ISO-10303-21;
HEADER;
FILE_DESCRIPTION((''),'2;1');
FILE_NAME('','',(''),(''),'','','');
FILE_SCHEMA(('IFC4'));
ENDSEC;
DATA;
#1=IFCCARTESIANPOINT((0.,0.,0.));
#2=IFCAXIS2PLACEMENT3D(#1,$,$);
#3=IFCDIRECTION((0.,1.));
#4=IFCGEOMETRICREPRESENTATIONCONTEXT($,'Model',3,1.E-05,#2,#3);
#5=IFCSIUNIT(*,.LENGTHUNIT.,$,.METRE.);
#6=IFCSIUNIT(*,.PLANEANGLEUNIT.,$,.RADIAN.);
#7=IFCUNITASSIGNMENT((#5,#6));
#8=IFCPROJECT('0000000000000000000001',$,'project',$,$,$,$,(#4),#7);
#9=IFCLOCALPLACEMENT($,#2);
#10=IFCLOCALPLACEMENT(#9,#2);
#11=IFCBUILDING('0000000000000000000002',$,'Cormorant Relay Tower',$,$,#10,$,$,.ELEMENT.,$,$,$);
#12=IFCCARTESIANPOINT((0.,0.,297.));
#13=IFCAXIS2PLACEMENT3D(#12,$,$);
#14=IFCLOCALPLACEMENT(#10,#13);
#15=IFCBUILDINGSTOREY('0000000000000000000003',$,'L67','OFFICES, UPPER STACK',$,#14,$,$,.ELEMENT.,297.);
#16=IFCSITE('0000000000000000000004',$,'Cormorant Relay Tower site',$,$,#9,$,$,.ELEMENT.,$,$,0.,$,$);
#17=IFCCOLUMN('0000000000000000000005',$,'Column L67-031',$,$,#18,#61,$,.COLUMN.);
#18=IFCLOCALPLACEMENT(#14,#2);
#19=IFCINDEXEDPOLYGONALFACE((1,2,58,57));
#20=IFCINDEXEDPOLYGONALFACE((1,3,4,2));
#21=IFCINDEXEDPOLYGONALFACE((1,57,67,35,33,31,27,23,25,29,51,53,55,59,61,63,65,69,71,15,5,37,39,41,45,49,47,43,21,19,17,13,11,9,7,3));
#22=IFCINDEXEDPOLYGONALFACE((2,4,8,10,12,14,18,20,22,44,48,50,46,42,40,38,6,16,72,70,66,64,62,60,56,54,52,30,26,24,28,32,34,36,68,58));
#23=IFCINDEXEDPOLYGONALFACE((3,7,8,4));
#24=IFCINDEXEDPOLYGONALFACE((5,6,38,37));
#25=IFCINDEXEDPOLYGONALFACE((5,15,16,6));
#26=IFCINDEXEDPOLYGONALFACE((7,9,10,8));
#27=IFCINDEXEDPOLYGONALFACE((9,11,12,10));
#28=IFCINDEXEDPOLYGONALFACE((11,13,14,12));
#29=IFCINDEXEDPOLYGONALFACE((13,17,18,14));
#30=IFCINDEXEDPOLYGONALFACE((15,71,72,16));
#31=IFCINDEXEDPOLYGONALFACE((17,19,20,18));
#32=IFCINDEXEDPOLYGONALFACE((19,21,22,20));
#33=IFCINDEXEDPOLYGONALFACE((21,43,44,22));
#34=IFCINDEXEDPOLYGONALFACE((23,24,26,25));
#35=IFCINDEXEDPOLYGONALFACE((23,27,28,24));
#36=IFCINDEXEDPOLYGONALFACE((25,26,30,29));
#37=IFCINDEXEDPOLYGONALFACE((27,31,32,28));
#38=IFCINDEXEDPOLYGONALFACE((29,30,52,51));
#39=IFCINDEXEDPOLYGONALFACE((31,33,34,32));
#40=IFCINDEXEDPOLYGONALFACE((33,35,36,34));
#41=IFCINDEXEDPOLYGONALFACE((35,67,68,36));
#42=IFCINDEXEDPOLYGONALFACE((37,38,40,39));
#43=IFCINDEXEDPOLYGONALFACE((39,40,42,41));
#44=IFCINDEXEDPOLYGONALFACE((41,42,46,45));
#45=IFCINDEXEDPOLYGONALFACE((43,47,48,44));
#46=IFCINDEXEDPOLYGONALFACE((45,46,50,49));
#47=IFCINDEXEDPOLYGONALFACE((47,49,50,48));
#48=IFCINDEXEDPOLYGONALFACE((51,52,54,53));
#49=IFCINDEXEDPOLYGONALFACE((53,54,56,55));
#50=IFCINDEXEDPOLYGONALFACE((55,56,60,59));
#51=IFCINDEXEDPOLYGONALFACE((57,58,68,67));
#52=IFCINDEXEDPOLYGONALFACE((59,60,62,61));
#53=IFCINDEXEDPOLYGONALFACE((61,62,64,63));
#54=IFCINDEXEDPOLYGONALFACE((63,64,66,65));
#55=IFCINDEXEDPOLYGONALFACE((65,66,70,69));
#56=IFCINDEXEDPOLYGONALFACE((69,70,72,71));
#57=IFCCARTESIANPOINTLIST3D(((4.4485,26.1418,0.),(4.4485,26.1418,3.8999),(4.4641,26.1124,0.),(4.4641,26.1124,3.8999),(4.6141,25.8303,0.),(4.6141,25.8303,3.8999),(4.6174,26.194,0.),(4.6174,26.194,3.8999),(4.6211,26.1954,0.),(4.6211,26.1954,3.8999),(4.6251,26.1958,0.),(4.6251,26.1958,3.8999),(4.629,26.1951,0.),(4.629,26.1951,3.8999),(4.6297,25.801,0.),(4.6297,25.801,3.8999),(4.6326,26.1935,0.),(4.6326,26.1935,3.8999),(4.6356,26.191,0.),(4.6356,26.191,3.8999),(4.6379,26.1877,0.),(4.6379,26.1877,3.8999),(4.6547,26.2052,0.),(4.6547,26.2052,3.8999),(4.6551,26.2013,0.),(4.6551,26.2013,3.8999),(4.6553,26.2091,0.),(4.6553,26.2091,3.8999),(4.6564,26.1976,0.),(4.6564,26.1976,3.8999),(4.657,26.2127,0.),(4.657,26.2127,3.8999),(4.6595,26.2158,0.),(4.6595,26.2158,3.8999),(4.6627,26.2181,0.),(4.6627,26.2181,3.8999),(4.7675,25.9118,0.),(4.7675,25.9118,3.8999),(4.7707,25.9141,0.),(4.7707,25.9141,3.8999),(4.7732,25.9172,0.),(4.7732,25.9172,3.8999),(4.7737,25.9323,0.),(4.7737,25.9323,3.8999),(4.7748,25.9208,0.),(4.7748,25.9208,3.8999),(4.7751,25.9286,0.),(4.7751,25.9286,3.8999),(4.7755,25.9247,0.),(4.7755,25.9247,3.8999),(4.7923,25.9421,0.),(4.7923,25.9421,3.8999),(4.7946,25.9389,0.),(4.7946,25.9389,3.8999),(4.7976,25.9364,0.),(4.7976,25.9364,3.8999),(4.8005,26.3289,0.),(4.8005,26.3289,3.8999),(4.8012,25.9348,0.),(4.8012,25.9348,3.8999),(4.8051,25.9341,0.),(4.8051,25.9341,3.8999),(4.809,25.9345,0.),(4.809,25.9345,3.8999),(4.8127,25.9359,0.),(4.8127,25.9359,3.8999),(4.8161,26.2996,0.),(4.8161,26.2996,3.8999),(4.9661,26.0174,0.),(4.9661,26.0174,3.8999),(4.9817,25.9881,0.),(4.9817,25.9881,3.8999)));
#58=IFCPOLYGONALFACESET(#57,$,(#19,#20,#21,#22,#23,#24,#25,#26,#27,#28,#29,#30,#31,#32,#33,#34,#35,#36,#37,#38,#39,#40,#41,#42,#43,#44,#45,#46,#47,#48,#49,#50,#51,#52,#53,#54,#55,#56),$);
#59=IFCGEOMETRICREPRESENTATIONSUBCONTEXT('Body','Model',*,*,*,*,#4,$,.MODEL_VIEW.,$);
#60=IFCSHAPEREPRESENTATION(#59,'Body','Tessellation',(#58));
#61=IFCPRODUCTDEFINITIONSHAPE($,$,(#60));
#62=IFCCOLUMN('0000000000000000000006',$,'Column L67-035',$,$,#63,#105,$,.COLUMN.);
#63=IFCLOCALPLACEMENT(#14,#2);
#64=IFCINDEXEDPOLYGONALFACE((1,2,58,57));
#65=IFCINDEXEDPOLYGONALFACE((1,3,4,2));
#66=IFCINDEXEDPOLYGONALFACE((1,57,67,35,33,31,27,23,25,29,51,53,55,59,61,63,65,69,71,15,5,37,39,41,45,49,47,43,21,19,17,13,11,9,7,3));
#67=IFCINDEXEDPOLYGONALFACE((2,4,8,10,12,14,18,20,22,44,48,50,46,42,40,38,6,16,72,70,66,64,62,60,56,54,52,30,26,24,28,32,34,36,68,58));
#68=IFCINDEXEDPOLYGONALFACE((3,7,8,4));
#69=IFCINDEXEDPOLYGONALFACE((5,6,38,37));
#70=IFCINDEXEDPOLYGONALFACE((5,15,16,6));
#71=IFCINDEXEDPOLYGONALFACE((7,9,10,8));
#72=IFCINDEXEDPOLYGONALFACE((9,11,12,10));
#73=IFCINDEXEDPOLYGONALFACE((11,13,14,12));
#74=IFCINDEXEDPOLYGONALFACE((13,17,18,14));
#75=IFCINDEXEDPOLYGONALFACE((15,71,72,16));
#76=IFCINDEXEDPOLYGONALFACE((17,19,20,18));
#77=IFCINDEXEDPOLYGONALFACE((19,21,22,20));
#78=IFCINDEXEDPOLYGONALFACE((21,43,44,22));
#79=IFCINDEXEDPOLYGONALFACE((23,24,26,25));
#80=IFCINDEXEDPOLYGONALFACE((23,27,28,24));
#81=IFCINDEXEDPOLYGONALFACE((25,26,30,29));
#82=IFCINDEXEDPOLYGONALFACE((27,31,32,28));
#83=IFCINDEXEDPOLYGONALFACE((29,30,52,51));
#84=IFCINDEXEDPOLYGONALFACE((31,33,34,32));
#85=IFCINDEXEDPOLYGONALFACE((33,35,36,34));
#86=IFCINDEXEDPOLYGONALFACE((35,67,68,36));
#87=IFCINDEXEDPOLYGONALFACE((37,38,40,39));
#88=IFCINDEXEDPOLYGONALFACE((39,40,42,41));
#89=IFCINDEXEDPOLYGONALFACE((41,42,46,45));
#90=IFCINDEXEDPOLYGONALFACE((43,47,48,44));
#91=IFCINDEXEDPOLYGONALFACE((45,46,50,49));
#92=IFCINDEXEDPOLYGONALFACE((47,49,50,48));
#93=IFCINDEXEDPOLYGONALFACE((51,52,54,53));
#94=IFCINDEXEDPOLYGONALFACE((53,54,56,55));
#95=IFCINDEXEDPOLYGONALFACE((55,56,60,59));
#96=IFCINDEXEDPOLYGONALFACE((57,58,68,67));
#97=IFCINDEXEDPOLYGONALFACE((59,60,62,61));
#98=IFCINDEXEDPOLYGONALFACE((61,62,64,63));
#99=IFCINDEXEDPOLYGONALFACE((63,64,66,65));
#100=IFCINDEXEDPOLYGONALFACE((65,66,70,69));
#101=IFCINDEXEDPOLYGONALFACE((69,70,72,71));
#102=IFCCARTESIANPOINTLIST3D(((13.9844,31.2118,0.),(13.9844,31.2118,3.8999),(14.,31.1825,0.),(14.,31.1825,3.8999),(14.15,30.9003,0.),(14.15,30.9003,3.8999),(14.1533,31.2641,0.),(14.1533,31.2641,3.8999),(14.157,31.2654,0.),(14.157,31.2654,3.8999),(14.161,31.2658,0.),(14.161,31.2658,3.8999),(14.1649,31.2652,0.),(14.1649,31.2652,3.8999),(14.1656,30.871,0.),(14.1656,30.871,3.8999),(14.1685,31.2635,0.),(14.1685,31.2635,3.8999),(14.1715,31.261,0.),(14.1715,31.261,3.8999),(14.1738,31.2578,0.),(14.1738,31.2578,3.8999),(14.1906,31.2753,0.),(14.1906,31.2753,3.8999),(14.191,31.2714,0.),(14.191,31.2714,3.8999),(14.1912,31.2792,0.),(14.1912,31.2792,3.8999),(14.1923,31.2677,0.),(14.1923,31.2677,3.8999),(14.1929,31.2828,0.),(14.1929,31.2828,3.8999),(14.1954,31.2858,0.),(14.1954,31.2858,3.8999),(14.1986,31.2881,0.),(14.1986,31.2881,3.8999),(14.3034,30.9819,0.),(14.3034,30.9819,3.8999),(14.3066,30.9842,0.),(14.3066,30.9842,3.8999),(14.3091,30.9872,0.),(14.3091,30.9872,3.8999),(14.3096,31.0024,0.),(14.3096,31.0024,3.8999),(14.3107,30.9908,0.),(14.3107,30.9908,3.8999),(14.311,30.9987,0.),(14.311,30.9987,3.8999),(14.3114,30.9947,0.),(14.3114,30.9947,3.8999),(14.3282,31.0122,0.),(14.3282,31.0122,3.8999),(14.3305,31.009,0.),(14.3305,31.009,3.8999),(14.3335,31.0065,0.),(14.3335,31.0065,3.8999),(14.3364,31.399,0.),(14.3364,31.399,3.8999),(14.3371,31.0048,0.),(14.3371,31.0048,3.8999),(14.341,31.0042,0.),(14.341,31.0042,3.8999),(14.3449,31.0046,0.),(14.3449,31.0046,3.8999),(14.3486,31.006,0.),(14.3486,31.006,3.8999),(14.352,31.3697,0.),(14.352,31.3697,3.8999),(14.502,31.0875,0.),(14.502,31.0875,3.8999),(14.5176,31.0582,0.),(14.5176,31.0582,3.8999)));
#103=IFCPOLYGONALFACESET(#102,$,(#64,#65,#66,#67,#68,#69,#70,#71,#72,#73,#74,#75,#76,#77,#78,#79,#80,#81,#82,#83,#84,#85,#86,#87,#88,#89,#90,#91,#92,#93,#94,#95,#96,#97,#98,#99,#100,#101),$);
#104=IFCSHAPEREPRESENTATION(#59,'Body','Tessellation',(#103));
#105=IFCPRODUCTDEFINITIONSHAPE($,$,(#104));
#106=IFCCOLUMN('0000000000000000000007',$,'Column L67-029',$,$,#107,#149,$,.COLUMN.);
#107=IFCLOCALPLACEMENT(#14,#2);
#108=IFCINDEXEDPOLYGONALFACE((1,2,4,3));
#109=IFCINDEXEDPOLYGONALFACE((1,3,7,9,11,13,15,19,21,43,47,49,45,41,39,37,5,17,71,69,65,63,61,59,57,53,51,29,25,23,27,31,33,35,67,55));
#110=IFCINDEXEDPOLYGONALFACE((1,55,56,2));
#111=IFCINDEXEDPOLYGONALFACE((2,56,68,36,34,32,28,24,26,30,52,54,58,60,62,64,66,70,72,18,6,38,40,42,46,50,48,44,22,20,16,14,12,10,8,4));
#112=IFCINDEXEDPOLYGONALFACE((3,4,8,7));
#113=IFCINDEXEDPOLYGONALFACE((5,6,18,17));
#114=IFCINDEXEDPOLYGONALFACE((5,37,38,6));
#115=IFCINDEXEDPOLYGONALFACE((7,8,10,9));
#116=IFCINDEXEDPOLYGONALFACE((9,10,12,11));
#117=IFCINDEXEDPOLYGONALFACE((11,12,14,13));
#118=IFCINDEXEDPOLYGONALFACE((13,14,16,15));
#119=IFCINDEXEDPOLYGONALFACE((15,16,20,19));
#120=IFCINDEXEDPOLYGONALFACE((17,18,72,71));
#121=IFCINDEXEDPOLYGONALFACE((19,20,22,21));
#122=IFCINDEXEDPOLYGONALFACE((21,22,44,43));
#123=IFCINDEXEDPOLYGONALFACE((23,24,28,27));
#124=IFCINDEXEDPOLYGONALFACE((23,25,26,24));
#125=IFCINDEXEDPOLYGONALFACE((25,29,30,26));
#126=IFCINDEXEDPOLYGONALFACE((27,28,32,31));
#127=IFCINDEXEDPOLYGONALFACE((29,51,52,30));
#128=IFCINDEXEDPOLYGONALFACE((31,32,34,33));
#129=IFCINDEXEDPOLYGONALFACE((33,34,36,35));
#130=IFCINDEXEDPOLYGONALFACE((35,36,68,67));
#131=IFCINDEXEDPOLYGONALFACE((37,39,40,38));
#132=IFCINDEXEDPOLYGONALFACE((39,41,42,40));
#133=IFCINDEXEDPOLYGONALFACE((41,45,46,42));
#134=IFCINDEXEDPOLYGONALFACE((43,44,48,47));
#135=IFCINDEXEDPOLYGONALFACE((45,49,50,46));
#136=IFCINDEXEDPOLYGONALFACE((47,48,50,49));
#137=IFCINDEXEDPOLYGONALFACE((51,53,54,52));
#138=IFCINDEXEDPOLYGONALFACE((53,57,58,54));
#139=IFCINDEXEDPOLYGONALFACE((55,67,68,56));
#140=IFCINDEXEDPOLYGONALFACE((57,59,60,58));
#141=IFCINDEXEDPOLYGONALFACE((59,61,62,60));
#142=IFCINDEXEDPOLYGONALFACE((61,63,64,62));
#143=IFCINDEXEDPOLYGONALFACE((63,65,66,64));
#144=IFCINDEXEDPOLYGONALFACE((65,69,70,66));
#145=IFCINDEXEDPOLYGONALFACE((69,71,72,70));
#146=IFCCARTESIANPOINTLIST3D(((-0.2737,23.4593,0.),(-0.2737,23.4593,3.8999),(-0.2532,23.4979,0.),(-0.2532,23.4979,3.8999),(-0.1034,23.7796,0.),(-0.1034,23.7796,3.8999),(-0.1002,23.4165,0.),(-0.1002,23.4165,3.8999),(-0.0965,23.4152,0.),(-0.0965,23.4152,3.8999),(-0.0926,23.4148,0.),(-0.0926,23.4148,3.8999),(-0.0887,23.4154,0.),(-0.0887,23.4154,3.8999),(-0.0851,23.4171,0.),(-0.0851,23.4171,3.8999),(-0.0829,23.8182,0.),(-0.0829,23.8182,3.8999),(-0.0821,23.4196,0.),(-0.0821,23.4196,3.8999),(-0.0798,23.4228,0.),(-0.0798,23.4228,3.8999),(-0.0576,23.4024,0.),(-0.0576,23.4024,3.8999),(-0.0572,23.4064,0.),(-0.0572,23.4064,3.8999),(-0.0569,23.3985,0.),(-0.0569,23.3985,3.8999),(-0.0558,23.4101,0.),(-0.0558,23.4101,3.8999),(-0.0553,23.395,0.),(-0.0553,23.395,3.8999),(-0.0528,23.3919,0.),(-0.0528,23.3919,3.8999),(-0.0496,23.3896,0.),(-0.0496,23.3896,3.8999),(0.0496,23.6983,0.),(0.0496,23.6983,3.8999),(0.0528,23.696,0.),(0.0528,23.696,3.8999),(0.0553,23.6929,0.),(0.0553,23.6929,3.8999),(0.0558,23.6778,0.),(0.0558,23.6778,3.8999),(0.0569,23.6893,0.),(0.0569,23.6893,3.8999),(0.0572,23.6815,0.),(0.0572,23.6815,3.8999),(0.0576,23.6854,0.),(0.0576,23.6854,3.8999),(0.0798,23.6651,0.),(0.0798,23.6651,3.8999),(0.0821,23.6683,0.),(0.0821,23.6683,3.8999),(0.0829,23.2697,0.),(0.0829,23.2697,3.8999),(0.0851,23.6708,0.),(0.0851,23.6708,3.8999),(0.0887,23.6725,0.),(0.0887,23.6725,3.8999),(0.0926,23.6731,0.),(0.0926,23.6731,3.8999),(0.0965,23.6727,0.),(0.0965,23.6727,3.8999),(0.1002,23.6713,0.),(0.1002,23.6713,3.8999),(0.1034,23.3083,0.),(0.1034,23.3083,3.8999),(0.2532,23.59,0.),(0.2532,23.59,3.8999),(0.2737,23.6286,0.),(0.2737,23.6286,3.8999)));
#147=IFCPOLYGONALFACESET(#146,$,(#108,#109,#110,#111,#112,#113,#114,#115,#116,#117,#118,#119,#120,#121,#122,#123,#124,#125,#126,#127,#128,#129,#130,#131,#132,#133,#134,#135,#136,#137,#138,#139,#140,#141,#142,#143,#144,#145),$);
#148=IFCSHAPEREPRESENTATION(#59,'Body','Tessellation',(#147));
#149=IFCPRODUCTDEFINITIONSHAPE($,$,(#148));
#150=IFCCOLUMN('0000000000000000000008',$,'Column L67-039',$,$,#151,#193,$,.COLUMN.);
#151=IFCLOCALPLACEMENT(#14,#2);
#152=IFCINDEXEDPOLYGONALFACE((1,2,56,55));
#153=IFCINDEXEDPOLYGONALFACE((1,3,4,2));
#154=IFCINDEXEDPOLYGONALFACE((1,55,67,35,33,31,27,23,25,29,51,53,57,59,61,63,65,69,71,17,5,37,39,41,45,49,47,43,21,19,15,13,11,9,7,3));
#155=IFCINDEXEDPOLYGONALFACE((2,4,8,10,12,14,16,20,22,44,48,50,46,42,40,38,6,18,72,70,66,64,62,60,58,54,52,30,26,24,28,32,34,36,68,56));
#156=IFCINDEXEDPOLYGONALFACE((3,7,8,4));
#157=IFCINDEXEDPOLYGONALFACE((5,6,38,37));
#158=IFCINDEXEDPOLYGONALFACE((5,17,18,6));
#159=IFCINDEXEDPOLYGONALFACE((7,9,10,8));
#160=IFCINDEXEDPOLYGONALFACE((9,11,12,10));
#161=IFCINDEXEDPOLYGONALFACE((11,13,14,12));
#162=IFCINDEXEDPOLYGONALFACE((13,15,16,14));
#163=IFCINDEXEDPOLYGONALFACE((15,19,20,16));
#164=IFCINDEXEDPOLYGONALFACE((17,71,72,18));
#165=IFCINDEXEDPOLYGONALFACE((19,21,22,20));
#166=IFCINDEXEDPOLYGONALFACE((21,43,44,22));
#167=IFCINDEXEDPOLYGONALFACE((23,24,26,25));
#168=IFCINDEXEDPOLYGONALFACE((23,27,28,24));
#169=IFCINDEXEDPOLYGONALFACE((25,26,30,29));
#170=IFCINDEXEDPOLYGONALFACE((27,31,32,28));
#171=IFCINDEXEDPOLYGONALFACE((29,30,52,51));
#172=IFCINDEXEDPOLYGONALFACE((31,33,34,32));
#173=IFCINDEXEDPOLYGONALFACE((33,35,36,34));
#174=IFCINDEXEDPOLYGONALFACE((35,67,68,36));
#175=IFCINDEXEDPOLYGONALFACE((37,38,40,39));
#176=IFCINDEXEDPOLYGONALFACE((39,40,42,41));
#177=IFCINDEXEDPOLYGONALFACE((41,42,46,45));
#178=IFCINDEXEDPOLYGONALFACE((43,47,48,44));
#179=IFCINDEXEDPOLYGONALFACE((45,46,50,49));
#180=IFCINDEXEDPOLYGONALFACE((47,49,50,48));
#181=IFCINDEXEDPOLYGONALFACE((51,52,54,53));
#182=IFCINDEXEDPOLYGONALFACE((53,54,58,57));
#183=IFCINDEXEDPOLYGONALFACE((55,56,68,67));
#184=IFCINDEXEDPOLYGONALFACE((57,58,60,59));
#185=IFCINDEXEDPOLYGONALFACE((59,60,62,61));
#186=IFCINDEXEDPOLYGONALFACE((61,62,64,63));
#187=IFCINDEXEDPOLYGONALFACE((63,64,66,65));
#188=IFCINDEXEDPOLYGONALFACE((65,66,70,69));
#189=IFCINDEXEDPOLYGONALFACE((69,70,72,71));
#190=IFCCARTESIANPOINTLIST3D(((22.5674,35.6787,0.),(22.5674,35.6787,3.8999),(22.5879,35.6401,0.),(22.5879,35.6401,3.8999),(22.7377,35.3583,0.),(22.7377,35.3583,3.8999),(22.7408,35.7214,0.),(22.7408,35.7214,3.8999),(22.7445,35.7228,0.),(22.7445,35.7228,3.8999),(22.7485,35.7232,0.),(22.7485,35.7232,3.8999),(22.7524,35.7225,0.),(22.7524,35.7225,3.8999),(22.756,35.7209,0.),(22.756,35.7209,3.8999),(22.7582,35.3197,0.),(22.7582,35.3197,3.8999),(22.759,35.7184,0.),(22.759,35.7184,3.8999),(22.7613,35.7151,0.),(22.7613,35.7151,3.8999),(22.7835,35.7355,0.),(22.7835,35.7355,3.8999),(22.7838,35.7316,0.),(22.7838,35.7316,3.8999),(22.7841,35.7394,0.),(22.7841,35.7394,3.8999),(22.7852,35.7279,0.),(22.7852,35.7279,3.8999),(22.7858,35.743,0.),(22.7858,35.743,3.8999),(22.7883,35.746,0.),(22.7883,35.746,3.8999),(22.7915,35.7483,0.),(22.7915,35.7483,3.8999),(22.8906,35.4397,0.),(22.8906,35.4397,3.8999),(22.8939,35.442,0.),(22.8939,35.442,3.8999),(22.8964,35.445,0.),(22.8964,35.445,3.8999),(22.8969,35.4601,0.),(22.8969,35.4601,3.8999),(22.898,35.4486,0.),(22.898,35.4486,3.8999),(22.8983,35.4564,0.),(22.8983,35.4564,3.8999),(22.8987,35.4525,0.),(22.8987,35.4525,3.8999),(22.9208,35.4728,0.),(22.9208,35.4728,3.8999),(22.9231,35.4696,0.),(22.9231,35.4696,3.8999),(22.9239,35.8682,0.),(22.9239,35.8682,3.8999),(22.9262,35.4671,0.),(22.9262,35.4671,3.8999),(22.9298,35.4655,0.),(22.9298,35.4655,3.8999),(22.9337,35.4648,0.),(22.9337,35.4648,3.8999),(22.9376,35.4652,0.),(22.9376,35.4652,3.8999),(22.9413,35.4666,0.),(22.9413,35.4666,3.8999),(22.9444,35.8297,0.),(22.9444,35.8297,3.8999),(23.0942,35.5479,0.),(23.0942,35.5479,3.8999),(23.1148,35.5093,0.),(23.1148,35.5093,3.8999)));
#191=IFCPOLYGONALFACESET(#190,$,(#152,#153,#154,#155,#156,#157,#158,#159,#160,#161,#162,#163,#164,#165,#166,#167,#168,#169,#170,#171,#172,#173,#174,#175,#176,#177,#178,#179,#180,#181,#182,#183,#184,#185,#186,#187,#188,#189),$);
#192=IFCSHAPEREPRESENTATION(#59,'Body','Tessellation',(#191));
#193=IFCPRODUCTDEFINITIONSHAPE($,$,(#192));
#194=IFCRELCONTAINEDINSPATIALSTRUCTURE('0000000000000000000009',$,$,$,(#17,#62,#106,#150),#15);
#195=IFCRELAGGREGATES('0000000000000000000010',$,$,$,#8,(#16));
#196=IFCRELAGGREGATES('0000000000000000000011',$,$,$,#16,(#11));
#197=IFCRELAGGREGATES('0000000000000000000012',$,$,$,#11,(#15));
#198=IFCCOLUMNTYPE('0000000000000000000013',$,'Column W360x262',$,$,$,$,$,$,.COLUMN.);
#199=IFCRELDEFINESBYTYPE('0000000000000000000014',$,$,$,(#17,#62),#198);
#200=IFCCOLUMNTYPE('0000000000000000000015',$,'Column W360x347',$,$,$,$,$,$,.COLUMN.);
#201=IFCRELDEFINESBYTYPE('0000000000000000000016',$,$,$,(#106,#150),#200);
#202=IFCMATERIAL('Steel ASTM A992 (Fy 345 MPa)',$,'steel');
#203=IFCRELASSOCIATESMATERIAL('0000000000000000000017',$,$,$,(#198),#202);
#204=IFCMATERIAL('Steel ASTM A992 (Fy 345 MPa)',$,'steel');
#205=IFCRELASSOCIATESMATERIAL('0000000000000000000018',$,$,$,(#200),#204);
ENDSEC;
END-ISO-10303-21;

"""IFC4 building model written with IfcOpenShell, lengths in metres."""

from ifc_helpers import new_model, si_unit, direction, frame, origin, origin_2d, place, context, subcontext, project, spatial, i_section, extrude, material, material_profile, profile_set, type_object, element, save


model = new_model("IFC4")

# Units and contexts
model_context = context("Model", 3, precision=1e-05, world=origin(), true_north=direction((0.0, 1.0)))
body_context = subcontext(model_context, "Body", "Model", "MODEL_VIEW")
ifc_project = project(units=[si_unit("LENGTHUNIT", "METRE"), si_unit("PLANEANGLEUNIT", "RADIAN")], contexts=[model_context])

# Site, building, storey
site_placement = place(None, origin())
site = spatial("IfcSite", under=ifc_project, at=site_placement, Name="Cormorant Relay Tower site", CompositionType="ELEMENT", RefElevation=0.0)
building_placement = place(site_placement, origin())
building = spatial("IfcBuilding", under=site, at=building_placement, Name="Cormorant Relay Tower", CompositionType="ELEMENT")
storey_placement = place(building_placement, frame((0.0, 0.0, 297.0)))
storey = spatial("IfcBuildingStorey", under=building, at=storey_placement, Name="L67", Description="OFFICES, UPPER STACK", CompositionType="ELEMENT", Elevation=297.0)

# Columns
ifc_material_1 = material(Name="Steel ASTM A992 (Fy 345 MPa)", Category="steel")
ifc_material_profile_1 = material_profile(ifc_material_1, i_section(OverallWidth=0.3987, OverallDepth=0.386, WebThickness=0.021, FlangeThickness=0.0332, FilletRadius=0.0151, at=origin_2d()), Name="W360x262")
ifc_profile_set_1 = profile_set([ifc_material_profile_1], Name="Steel ASTM A992 (Fy 345 MPa)")
column_type_1 = type_object("IfcColumnType", Name="Column W360x262", PredefinedType="COLUMN", material=ifc_profile_set_1)
for number, where, z_axis, x_axis, name in (
    (1, (4.7151, 26.0649, 0.0), (0.0, 0.0, 1.0), (-0.882948, -0.469472, 0.0), "Column L67-031"),
    (2, (14.251, 31.135, 0.0), (0.0, 0.0, 1.0), (-0.882948, -0.469472, 0.0), "Column L67-035"),
):
    element("IfcColumn", number, at=place(storey_placement, frame(where, z_axis=z_axis, x_axis=x_axis)), inside=storey, type_object=column_type_1, Name=name, PredefinedType="COLUMN", context=body_context, shape_type="SweptSolid", body=[
        extrude(i_section(OverallWidth=0.3987, OverallDepth=0.386, WebThickness=0.021, FlangeThickness=0.0332, FilletRadius=0.0151, at=origin_2d()), origin(), (0.0, 0.0, 1.0), 3.8999),
    ])
ifc_material_2 = material(Name="Steel ASTM A992 (Fy 345 MPa)", Category="steel")
ifc_material_profile_2 = material_profile(ifc_material_2, i_section(OverallWidth=0.4038, OverallDepth=0.4065, WebThickness=0.0271, FlangeThickness=0.0437, FilletRadius=0.0151, at=origin_2d()), Name="W360x347")
ifc_profile_set_2 = profile_set([ifc_material_profile_2], Name="Steel ASTM A992 (Fy 345 MPa)")
column_type_2 = type_object("IfcColumnType", Name="Column W360x347", PredefinedType="COLUMN", material=ifc_profile_set_2)
for number, where, z_axis, x_axis, name in (
    (3, (0.0, 23.5439, 0.0), (0.0, 0.0, 1.0), (-0.882948, 0.469472, 0.0), "Column L67-029"),
    (4, (22.8411, 35.594, 0.0), (0.0, 0.0, 1.0), (-0.882948, -0.469472, 0.0), "Column L67-039"),
):
    element("IfcColumn", number, at=place(storey_placement, frame(where, z_axis=z_axis, x_axis=x_axis)), inside=storey, type_object=column_type_2, Name=name, PredefinedType="COLUMN", context=body_context, shape_type="SweptSolid", body=[
        extrude(i_section(OverallWidth=0.4038, OverallDepth=0.4065, WebThickness=0.0271, FlangeThickness=0.0437, FilletRadius=0.0151, at=origin_2d()), origin(), (0.0, 0.0, 1.0), 3.8999),
    ])

save(model, "model.ifc")
